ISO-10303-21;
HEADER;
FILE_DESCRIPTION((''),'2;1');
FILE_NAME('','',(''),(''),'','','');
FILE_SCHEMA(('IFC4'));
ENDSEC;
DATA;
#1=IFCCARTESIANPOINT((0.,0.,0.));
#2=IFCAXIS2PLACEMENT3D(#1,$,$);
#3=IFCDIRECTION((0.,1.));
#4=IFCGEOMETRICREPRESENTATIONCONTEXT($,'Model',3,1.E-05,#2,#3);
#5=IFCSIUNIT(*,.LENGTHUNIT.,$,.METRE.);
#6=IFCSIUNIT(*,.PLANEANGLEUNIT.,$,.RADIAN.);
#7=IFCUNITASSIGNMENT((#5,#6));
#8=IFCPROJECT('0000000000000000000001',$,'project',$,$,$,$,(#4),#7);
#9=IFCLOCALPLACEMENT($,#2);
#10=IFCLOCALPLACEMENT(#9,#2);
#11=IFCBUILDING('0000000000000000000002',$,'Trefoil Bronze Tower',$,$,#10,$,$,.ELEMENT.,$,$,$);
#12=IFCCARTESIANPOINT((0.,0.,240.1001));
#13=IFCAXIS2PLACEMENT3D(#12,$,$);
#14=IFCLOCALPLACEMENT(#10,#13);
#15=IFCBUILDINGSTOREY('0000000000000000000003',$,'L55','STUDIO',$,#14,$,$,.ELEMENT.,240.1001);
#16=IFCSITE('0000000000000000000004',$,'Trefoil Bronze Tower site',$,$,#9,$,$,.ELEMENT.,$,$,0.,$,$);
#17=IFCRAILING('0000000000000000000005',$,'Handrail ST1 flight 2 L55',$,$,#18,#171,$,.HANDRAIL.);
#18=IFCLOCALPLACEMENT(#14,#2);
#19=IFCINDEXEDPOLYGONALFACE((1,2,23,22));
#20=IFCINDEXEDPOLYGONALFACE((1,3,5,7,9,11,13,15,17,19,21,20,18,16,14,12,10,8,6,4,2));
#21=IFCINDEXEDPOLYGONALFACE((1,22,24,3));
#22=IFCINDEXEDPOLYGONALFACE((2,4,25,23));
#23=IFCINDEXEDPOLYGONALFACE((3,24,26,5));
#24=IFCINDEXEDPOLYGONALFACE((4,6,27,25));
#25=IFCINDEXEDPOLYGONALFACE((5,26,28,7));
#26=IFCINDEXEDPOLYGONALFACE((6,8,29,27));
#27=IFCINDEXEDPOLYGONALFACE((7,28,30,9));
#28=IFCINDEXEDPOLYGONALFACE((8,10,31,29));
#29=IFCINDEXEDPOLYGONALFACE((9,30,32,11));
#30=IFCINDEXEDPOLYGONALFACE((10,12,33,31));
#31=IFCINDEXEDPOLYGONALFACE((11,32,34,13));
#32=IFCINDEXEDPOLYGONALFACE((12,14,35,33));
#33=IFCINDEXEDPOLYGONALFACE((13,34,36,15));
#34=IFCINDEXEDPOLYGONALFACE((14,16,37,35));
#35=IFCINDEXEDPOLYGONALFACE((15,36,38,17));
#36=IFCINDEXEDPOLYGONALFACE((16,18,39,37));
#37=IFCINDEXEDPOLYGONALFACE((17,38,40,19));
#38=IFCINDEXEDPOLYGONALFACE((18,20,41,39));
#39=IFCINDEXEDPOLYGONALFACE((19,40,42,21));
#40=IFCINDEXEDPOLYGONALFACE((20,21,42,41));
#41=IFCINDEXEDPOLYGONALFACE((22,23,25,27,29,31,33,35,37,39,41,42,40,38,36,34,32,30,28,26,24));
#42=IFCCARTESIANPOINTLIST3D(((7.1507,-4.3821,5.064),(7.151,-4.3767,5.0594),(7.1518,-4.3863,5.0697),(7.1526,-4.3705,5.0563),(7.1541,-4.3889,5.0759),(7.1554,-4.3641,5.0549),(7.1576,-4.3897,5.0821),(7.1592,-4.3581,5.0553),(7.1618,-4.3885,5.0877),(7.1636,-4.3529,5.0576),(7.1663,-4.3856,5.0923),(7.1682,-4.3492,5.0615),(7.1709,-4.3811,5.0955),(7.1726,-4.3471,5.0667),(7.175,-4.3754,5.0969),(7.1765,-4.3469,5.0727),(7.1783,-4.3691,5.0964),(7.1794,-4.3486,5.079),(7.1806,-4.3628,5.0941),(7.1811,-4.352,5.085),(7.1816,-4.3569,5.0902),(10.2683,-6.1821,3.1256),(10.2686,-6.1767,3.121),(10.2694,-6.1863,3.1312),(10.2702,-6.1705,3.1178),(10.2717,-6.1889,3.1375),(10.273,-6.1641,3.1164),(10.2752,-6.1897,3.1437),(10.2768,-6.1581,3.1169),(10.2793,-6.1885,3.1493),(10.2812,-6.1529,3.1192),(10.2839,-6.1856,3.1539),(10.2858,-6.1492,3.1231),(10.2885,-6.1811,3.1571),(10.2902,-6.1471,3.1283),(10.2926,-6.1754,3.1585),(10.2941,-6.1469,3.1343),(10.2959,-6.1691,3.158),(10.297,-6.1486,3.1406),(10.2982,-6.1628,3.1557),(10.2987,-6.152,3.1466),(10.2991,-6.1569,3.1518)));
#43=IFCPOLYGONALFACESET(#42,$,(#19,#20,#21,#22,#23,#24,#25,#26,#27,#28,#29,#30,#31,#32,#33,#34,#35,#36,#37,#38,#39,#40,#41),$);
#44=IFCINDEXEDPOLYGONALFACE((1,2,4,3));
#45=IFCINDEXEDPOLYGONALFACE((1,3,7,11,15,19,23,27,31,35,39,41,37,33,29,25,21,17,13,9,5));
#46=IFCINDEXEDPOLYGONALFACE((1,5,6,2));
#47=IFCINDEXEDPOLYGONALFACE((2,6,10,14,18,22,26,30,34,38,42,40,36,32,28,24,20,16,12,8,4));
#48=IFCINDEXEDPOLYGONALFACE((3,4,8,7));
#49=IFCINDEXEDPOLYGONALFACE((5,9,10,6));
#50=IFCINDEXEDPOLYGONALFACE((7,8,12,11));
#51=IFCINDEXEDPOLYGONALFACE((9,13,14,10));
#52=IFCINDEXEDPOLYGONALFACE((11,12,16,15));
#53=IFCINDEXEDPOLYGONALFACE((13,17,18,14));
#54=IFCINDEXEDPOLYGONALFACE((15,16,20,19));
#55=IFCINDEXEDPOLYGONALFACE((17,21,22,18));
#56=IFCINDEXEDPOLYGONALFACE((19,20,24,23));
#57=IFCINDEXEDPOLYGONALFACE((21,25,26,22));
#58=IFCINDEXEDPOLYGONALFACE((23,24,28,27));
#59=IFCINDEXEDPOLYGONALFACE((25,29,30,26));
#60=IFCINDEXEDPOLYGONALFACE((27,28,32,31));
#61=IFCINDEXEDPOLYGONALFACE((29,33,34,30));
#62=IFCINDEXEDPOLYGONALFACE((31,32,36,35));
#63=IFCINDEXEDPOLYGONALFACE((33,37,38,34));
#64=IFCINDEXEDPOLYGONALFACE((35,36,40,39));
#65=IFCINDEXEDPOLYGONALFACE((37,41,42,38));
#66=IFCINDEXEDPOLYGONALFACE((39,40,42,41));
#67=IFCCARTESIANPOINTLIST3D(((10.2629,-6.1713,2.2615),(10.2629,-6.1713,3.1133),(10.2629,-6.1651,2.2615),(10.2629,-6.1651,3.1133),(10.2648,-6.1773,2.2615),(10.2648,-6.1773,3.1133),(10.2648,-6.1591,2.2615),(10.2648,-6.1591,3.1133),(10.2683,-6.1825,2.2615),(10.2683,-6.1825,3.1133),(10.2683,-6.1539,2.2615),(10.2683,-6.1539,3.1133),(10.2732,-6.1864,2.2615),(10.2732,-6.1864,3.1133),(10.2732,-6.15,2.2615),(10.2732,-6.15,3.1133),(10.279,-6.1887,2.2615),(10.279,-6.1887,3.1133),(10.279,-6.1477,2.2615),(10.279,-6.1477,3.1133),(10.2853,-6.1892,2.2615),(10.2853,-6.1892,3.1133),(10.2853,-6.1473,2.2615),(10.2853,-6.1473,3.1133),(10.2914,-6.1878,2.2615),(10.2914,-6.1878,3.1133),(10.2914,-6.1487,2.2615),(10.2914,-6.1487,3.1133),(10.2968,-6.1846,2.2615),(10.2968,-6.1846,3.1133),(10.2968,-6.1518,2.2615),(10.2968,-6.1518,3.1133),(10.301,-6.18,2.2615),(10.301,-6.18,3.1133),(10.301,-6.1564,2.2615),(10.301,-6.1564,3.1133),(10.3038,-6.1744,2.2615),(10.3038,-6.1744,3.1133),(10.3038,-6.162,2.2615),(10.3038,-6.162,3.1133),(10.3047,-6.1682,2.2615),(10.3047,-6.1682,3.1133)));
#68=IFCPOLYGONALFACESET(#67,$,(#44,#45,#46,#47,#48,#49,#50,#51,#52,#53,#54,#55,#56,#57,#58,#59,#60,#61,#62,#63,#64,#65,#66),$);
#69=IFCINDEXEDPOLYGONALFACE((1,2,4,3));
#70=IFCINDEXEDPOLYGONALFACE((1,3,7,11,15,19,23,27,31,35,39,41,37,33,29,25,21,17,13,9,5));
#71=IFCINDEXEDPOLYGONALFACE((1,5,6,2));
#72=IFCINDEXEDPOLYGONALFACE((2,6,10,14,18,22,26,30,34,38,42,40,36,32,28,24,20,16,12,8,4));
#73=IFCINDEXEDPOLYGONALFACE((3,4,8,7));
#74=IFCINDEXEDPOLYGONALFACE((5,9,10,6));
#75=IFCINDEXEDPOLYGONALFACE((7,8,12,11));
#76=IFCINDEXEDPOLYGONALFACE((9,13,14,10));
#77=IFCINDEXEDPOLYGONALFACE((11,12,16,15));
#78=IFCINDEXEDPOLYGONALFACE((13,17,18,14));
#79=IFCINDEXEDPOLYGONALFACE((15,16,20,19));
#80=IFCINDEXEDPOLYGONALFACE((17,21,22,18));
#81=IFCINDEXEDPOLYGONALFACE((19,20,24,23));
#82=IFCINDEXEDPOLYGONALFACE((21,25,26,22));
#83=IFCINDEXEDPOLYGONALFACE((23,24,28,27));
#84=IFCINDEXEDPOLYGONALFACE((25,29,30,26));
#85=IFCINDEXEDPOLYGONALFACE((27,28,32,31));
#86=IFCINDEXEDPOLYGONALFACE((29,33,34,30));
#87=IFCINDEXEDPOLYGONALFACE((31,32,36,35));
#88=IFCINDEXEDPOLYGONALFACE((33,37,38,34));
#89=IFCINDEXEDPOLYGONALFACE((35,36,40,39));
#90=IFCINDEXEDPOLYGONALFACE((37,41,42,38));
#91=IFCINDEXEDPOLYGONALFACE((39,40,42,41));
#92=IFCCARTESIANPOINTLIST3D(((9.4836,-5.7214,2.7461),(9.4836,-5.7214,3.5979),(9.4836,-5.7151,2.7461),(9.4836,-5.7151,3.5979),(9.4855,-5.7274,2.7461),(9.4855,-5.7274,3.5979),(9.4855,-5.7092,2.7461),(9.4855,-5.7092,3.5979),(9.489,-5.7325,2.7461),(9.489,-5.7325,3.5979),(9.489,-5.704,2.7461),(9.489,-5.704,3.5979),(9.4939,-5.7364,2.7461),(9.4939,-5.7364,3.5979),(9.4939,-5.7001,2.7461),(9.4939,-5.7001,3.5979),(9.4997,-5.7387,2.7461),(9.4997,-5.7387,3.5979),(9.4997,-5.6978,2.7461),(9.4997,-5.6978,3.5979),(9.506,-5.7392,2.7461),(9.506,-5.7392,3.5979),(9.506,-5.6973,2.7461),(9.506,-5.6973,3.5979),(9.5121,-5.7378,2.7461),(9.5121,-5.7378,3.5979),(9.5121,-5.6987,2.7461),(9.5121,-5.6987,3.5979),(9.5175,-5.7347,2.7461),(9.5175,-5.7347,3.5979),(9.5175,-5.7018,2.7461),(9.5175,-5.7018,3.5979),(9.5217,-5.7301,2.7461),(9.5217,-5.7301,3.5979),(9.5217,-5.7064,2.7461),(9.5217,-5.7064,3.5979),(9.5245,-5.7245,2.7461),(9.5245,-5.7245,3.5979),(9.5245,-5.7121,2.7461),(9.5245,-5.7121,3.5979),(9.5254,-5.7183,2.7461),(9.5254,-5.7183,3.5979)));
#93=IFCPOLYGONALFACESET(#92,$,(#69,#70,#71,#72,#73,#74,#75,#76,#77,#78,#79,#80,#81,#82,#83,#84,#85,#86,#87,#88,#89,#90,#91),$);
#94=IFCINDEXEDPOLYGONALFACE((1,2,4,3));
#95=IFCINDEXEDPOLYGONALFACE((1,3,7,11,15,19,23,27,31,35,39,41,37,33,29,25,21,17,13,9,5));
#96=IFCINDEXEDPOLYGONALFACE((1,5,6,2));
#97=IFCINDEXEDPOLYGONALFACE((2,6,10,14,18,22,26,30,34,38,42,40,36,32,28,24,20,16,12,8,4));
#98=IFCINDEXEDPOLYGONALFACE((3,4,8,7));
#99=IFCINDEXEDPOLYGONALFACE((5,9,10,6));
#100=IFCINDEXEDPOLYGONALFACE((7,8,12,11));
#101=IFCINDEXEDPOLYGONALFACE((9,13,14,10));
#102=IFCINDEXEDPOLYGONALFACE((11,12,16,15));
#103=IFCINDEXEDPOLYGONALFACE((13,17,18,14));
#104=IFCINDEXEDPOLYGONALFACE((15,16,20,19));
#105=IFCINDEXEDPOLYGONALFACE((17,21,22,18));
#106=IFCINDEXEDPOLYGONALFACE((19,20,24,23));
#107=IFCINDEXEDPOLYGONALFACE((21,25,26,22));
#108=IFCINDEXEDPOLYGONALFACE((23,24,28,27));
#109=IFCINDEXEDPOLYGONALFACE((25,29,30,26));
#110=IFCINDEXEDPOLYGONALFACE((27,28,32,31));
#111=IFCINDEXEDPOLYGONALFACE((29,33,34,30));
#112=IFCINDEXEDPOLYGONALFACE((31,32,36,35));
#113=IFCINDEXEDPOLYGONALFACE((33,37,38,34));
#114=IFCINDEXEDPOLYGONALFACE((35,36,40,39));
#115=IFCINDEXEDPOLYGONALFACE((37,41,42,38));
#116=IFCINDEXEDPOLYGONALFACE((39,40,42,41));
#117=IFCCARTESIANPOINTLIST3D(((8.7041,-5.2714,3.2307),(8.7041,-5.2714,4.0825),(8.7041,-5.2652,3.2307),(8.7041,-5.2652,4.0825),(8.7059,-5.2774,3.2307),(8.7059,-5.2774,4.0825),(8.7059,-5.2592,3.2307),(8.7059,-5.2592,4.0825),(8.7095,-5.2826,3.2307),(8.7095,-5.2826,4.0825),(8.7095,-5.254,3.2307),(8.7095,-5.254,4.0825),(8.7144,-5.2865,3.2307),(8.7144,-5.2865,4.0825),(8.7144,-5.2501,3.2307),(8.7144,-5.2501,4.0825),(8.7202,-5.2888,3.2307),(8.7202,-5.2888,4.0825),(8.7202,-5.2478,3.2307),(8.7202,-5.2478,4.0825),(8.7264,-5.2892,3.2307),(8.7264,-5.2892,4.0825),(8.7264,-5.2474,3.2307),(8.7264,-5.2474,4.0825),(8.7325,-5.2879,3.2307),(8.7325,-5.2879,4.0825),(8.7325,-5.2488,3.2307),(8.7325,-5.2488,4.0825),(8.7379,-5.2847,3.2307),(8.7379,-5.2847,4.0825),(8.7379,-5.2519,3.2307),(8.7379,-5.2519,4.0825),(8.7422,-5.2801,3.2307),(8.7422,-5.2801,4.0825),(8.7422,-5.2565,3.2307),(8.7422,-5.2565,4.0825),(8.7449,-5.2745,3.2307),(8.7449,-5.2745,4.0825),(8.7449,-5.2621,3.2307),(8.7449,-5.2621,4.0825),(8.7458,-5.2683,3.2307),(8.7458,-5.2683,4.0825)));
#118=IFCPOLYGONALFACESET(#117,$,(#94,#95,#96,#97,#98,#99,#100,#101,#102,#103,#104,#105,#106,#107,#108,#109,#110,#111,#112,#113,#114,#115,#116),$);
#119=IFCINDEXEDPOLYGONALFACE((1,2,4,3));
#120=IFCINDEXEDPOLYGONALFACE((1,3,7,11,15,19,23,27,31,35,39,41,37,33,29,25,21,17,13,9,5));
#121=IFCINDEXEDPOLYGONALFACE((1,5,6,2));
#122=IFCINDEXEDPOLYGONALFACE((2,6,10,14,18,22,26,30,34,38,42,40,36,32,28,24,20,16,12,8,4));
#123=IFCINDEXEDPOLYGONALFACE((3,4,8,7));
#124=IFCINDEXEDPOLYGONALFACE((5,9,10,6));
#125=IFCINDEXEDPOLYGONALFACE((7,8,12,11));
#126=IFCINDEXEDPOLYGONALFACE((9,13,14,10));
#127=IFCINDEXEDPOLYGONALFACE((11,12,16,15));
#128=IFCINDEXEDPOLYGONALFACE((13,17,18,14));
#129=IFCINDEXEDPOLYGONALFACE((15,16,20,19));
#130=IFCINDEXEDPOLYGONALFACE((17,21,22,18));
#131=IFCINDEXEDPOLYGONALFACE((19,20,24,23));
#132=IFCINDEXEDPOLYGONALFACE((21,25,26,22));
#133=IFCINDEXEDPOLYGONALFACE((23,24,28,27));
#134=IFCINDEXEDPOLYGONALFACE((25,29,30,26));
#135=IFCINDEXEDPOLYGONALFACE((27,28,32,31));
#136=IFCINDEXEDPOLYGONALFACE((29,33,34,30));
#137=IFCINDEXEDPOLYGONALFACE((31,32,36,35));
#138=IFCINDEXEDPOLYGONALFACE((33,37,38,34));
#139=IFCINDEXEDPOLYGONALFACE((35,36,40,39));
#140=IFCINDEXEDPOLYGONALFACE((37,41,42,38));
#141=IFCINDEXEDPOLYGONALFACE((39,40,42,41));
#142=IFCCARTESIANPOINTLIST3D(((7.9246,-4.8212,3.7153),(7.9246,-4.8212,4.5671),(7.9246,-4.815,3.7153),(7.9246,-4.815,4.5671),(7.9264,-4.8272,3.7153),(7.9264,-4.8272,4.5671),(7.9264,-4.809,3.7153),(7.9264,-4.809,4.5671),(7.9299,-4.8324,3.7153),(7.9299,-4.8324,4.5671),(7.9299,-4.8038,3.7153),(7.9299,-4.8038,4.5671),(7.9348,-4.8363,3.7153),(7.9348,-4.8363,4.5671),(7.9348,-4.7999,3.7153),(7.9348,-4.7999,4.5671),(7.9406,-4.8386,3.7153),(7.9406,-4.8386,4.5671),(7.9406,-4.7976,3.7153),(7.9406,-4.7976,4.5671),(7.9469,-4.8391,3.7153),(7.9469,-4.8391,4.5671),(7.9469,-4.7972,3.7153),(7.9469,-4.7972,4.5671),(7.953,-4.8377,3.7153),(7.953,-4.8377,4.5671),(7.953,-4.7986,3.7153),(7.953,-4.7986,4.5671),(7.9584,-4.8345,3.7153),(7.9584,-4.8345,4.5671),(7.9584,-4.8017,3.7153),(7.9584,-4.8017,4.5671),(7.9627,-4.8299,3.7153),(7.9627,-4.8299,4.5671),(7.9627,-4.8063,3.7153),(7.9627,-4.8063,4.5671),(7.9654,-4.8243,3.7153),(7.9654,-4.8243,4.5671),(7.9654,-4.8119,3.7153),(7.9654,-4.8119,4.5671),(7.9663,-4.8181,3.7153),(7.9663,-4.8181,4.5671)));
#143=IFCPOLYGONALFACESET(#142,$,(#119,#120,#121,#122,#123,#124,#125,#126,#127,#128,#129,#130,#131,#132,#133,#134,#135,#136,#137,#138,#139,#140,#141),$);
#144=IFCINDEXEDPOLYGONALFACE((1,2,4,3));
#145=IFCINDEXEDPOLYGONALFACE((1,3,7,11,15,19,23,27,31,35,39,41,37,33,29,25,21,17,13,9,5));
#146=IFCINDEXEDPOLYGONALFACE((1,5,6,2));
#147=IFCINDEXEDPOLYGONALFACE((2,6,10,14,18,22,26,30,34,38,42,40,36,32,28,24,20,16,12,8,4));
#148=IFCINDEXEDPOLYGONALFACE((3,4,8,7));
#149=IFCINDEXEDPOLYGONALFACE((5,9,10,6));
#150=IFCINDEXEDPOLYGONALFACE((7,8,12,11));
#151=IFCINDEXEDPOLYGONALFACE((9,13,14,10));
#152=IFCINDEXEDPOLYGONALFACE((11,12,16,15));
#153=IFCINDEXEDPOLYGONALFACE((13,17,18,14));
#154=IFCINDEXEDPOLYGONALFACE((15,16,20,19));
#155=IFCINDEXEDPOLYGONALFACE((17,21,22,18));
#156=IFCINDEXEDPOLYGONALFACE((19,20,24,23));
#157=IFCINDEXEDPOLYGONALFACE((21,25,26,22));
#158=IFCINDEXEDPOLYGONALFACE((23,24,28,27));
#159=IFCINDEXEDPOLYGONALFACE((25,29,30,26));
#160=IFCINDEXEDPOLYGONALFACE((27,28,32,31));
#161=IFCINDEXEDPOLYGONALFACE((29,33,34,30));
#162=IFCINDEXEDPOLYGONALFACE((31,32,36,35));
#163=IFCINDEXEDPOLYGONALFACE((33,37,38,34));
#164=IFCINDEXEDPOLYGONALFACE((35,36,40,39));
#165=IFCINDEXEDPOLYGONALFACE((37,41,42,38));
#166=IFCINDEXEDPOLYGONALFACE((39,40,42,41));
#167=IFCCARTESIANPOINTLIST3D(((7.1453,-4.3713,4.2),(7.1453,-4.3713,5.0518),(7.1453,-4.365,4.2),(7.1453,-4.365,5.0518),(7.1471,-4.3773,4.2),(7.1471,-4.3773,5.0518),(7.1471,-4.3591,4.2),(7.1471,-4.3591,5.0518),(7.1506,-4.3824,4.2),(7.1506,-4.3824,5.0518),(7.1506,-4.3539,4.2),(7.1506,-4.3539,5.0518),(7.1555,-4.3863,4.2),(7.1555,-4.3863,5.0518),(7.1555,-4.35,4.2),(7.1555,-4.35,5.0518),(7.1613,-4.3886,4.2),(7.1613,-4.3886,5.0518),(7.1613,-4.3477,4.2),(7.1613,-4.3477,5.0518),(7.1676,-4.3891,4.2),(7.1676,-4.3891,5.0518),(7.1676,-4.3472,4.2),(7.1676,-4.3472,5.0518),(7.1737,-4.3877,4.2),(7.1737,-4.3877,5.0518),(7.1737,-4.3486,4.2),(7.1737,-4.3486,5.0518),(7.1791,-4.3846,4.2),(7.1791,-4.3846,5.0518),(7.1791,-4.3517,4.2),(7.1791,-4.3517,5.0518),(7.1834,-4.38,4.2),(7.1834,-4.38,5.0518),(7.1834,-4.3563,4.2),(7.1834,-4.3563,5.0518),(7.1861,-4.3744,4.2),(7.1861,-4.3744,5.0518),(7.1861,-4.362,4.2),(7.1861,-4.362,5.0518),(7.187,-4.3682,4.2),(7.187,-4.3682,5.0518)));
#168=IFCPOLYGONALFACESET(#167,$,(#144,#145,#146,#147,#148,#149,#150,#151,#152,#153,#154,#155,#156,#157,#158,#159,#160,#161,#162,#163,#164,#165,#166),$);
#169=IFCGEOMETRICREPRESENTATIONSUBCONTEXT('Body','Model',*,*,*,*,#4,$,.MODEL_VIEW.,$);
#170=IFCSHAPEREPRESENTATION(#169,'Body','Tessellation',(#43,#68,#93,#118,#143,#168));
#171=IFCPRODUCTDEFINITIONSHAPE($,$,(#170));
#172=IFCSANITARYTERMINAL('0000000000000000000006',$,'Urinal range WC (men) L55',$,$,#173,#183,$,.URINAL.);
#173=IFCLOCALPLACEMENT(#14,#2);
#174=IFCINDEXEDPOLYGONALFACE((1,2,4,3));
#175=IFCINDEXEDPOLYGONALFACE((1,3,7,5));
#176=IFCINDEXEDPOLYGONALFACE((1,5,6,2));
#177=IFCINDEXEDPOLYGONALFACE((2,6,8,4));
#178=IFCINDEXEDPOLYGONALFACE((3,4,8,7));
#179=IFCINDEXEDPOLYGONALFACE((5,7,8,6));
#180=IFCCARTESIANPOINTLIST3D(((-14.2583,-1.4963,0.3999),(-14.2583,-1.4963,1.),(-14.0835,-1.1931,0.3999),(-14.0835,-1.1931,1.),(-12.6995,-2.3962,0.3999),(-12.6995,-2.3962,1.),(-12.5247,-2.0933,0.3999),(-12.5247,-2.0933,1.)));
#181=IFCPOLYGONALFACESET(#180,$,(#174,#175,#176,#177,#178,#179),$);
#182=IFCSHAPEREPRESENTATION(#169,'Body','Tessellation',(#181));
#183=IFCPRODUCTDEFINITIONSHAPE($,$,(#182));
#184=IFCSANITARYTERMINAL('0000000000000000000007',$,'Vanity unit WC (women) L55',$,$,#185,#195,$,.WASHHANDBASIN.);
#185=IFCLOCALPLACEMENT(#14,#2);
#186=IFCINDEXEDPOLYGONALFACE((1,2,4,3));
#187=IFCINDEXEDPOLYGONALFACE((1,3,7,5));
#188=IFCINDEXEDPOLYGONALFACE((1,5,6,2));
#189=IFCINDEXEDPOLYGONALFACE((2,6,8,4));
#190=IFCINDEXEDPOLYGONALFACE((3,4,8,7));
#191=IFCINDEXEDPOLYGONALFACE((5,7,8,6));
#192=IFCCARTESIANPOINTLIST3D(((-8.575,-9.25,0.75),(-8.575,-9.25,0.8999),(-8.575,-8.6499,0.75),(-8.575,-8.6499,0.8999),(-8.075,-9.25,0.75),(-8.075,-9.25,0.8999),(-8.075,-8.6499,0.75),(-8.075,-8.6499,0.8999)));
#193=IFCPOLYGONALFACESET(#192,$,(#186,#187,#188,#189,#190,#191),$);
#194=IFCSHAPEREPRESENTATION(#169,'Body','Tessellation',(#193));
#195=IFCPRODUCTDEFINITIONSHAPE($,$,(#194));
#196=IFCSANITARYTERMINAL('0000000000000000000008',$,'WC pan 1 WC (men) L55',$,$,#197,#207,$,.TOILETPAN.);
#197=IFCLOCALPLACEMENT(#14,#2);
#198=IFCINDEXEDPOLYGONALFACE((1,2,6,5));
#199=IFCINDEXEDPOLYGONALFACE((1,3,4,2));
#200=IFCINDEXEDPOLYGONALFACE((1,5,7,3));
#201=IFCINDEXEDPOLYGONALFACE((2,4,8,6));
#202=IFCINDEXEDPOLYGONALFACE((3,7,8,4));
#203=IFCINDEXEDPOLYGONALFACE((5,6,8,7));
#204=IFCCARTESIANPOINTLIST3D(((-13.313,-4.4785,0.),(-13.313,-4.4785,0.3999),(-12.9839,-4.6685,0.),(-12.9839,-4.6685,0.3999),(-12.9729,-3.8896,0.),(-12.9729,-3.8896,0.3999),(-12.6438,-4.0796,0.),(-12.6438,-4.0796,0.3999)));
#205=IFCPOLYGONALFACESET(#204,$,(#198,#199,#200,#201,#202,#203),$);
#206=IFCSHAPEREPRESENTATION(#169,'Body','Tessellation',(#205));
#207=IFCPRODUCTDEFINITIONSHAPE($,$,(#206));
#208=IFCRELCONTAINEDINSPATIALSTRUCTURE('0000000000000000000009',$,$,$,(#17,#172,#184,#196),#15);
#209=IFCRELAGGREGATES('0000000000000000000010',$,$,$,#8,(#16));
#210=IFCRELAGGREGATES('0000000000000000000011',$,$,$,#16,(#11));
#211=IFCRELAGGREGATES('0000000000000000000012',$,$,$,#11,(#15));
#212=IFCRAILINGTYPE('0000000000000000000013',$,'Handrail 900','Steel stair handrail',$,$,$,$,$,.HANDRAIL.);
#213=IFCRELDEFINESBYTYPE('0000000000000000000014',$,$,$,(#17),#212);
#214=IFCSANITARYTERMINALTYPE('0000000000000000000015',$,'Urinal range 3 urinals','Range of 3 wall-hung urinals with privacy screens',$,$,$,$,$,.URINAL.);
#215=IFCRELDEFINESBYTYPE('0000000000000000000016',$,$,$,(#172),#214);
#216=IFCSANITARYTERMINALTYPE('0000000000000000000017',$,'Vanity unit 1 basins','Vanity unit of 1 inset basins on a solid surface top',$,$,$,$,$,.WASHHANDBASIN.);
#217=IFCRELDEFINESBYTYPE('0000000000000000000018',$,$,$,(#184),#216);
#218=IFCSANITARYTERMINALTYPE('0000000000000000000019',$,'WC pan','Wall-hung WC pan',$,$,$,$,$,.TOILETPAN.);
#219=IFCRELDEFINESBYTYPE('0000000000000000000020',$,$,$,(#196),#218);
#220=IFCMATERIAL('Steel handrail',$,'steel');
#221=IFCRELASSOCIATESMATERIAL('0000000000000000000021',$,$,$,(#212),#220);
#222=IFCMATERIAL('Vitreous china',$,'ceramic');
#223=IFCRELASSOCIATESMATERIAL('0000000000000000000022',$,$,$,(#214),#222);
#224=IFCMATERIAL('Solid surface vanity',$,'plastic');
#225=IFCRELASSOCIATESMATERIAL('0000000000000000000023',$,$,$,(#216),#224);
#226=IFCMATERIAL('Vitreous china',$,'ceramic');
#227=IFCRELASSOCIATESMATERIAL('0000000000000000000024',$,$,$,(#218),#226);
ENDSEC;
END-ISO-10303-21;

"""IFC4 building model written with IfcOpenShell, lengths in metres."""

from ifc_helpers import new_model, si_unit, direction, frame, origin, origin_2d, place, context, subcontext, project, spatial, polyline, circle, outline, extrude, material, type_object, element, save


model = new_model("IFC4")

# Units and contexts
model_context = context("Model", 3, precision=1e-05, world=origin(), true_north=direction((0.0, 1.0)))
body_context = subcontext(model_context, "Body", "Model", "MODEL_VIEW")
ifc_project = project(units=[si_unit("LENGTHUNIT", "METRE"), si_unit("PLANEANGLEUNIT", "RADIAN")], contexts=[model_context])

# Site, building, storey
site_placement = place(None, origin())
site = spatial("IfcSite", under=ifc_project, at=site_placement, Name="Trefoil Bronze Tower site", CompositionType="ELEMENT", RefElevation=0.0)
building_placement = place(site_placement, origin())
building = spatial("IfcBuilding", under=site, at=building_placement, Name="Trefoil Bronze Tower", CompositionType="ELEMENT")
storey_placement = place(building_placement, frame((0.0, 0.0, 240.1001)))
storey = spatial("IfcBuildingStorey", under=building, at=storey_placement, Name="L55", Description="STUDIO", CompositionType="ELEMENT", Elevation=240.1001)

# Railing
ifc_material_1 = material(Name="Steel handrail", Category="steel")
railing_type = type_object("IfcRailingType", Name="Handrail 900", Description="Steel stair handrail", PredefinedType="HANDRAIL", material=ifc_material_1)
railing_1_placement = place(storey_placement, frame((10.2837, -6.1682, 2.2615)))
element("IfcRailing", 1, at=railing_1_placement, inside=storey, type_object=railing_type, Name="Handrail ST1 flight 2 L55", PredefinedType="HANDRAIL", context=body_context, shape_type="SweptSolid", body=[
    extrude(circle(Radius=0.0239, at=origin_2d()), frame((0.0, 0.0, 0.876), z_axis=(-0.762503, 0.440246, 0.474102), x_axis=(-0.500012, -0.866018, 0.0)), (0.0, 0.0, 1.0), 4.0886),
    extrude(circle(Radius=0.021, at=origin_2d()), origin(), (0.0, 0.0, 1.0), 0.8518),
    extrude(circle(Radius=0.021, at=origin_2d()), frame((-0.7793, 0.45, 0.4846)), (0.0, 0.0, 1.0), 0.8518),
    extrude(circle(Radius=0.021, at=origin_2d()), frame((-1.5588, 0.8999, 0.9692)), (0.0, 0.0, 1.0), 0.8518),
    extrude(circle(Radius=0.021, at=origin_2d()), frame((-2.3384, 1.3501, 1.4539)), (0.0, 0.0, 1.0), 0.8518),
    extrude(circle(Radius=0.021, at=origin_2d()), frame((-3.1177, 1.8, 1.9385)), (0.0, 0.0, 1.0), 0.8518),
])

# Sanitary terminals
ifc_material_2 = material(Name="Vitreous china", Category="ceramic")
sanitary_terminal_type_1 = type_object("IfcSanitaryTerminalType", Name="Urinal range 3 urinals", Description="Range of 3 wall-hung urinals with privacy screens", PredefinedType="URINAL", material=ifc_material_2)
sanitary_terminal_1_placement = place(storey_placement, frame((0.0, 0.0, 0.3999)))
element("IfcSanitaryTerminal", 2, at=sanitary_terminal_1_placement, inside=storey, type_object=sanitary_terminal_type_1, Name="Urinal range WC (men) L55", PredefinedType="URINAL", context=body_context, shape_type="SweptSolid", body=[
    extrude(outline(polyline([(-12.5247, -2.0933), (-12.6995, -2.3962), (-14.2583, -1.4963), (-14.0835, -1.1931), (-12.5247, -2.0933)])), origin(), (0.0, 0.0, 1.0), 0.6001),
])
ifc_material_3 = material(Name="Solid surface vanity", Category="plastic")
sanitary_terminal_type_2 = type_object("IfcSanitaryTerminalType", Name="Vanity unit 1 basins", Description="Vanity unit of 1 inset basins on a solid surface top", PredefinedType="WASHHANDBASIN", material=ifc_material_3)
sanitary_terminal_2_placement = place(storey_placement, frame((0.0, 0.0, 0.75)))
element("IfcSanitaryTerminal", 3, at=sanitary_terminal_2_placement, inside=storey, type_object=sanitary_terminal_type_2, Name="Vanity unit WC (women) L55", PredefinedType="WASHHANDBASIN", context=body_context, shape_type="SweptSolid", body=[
    extrude(outline(polyline([(-8.075, -8.6499), (-8.575, -8.6499), (-8.575, -9.25), (-8.075, -9.25), (-8.075, -8.6499)])), origin(), (0.0, 0.0, 1.0), 0.1499),
])
ifc_material_4 = material(Name="Vitreous china", Category="ceramic")
sanitary_terminal_type_3 = type_object("IfcSanitaryTerminalType", Name="WC pan", Description="Wall-hung WC pan", PredefinedType="TOILETPAN", material=ifc_material_4)
sanitary_terminal_3_placement = place(storey_placement, origin())
element("IfcSanitaryTerminal", 4, at=sanitary_terminal_3_placement, inside=storey, type_object=sanitary_terminal_type_3, Name="WC pan 1 WC (men) L55", PredefinedType="TOILETPAN", context=body_context, shape_type="SweptSolid", body=[
    extrude(outline(polyline([(-12.6438, -4.0796), (-12.9839, -4.6685), (-13.313, -4.4785), (-12.9729, -3.8896), (-12.6438, -4.0796)])), origin(), (0.0, 0.0, 1.0), 0.3999),
])

save(model, "model.ifc")
